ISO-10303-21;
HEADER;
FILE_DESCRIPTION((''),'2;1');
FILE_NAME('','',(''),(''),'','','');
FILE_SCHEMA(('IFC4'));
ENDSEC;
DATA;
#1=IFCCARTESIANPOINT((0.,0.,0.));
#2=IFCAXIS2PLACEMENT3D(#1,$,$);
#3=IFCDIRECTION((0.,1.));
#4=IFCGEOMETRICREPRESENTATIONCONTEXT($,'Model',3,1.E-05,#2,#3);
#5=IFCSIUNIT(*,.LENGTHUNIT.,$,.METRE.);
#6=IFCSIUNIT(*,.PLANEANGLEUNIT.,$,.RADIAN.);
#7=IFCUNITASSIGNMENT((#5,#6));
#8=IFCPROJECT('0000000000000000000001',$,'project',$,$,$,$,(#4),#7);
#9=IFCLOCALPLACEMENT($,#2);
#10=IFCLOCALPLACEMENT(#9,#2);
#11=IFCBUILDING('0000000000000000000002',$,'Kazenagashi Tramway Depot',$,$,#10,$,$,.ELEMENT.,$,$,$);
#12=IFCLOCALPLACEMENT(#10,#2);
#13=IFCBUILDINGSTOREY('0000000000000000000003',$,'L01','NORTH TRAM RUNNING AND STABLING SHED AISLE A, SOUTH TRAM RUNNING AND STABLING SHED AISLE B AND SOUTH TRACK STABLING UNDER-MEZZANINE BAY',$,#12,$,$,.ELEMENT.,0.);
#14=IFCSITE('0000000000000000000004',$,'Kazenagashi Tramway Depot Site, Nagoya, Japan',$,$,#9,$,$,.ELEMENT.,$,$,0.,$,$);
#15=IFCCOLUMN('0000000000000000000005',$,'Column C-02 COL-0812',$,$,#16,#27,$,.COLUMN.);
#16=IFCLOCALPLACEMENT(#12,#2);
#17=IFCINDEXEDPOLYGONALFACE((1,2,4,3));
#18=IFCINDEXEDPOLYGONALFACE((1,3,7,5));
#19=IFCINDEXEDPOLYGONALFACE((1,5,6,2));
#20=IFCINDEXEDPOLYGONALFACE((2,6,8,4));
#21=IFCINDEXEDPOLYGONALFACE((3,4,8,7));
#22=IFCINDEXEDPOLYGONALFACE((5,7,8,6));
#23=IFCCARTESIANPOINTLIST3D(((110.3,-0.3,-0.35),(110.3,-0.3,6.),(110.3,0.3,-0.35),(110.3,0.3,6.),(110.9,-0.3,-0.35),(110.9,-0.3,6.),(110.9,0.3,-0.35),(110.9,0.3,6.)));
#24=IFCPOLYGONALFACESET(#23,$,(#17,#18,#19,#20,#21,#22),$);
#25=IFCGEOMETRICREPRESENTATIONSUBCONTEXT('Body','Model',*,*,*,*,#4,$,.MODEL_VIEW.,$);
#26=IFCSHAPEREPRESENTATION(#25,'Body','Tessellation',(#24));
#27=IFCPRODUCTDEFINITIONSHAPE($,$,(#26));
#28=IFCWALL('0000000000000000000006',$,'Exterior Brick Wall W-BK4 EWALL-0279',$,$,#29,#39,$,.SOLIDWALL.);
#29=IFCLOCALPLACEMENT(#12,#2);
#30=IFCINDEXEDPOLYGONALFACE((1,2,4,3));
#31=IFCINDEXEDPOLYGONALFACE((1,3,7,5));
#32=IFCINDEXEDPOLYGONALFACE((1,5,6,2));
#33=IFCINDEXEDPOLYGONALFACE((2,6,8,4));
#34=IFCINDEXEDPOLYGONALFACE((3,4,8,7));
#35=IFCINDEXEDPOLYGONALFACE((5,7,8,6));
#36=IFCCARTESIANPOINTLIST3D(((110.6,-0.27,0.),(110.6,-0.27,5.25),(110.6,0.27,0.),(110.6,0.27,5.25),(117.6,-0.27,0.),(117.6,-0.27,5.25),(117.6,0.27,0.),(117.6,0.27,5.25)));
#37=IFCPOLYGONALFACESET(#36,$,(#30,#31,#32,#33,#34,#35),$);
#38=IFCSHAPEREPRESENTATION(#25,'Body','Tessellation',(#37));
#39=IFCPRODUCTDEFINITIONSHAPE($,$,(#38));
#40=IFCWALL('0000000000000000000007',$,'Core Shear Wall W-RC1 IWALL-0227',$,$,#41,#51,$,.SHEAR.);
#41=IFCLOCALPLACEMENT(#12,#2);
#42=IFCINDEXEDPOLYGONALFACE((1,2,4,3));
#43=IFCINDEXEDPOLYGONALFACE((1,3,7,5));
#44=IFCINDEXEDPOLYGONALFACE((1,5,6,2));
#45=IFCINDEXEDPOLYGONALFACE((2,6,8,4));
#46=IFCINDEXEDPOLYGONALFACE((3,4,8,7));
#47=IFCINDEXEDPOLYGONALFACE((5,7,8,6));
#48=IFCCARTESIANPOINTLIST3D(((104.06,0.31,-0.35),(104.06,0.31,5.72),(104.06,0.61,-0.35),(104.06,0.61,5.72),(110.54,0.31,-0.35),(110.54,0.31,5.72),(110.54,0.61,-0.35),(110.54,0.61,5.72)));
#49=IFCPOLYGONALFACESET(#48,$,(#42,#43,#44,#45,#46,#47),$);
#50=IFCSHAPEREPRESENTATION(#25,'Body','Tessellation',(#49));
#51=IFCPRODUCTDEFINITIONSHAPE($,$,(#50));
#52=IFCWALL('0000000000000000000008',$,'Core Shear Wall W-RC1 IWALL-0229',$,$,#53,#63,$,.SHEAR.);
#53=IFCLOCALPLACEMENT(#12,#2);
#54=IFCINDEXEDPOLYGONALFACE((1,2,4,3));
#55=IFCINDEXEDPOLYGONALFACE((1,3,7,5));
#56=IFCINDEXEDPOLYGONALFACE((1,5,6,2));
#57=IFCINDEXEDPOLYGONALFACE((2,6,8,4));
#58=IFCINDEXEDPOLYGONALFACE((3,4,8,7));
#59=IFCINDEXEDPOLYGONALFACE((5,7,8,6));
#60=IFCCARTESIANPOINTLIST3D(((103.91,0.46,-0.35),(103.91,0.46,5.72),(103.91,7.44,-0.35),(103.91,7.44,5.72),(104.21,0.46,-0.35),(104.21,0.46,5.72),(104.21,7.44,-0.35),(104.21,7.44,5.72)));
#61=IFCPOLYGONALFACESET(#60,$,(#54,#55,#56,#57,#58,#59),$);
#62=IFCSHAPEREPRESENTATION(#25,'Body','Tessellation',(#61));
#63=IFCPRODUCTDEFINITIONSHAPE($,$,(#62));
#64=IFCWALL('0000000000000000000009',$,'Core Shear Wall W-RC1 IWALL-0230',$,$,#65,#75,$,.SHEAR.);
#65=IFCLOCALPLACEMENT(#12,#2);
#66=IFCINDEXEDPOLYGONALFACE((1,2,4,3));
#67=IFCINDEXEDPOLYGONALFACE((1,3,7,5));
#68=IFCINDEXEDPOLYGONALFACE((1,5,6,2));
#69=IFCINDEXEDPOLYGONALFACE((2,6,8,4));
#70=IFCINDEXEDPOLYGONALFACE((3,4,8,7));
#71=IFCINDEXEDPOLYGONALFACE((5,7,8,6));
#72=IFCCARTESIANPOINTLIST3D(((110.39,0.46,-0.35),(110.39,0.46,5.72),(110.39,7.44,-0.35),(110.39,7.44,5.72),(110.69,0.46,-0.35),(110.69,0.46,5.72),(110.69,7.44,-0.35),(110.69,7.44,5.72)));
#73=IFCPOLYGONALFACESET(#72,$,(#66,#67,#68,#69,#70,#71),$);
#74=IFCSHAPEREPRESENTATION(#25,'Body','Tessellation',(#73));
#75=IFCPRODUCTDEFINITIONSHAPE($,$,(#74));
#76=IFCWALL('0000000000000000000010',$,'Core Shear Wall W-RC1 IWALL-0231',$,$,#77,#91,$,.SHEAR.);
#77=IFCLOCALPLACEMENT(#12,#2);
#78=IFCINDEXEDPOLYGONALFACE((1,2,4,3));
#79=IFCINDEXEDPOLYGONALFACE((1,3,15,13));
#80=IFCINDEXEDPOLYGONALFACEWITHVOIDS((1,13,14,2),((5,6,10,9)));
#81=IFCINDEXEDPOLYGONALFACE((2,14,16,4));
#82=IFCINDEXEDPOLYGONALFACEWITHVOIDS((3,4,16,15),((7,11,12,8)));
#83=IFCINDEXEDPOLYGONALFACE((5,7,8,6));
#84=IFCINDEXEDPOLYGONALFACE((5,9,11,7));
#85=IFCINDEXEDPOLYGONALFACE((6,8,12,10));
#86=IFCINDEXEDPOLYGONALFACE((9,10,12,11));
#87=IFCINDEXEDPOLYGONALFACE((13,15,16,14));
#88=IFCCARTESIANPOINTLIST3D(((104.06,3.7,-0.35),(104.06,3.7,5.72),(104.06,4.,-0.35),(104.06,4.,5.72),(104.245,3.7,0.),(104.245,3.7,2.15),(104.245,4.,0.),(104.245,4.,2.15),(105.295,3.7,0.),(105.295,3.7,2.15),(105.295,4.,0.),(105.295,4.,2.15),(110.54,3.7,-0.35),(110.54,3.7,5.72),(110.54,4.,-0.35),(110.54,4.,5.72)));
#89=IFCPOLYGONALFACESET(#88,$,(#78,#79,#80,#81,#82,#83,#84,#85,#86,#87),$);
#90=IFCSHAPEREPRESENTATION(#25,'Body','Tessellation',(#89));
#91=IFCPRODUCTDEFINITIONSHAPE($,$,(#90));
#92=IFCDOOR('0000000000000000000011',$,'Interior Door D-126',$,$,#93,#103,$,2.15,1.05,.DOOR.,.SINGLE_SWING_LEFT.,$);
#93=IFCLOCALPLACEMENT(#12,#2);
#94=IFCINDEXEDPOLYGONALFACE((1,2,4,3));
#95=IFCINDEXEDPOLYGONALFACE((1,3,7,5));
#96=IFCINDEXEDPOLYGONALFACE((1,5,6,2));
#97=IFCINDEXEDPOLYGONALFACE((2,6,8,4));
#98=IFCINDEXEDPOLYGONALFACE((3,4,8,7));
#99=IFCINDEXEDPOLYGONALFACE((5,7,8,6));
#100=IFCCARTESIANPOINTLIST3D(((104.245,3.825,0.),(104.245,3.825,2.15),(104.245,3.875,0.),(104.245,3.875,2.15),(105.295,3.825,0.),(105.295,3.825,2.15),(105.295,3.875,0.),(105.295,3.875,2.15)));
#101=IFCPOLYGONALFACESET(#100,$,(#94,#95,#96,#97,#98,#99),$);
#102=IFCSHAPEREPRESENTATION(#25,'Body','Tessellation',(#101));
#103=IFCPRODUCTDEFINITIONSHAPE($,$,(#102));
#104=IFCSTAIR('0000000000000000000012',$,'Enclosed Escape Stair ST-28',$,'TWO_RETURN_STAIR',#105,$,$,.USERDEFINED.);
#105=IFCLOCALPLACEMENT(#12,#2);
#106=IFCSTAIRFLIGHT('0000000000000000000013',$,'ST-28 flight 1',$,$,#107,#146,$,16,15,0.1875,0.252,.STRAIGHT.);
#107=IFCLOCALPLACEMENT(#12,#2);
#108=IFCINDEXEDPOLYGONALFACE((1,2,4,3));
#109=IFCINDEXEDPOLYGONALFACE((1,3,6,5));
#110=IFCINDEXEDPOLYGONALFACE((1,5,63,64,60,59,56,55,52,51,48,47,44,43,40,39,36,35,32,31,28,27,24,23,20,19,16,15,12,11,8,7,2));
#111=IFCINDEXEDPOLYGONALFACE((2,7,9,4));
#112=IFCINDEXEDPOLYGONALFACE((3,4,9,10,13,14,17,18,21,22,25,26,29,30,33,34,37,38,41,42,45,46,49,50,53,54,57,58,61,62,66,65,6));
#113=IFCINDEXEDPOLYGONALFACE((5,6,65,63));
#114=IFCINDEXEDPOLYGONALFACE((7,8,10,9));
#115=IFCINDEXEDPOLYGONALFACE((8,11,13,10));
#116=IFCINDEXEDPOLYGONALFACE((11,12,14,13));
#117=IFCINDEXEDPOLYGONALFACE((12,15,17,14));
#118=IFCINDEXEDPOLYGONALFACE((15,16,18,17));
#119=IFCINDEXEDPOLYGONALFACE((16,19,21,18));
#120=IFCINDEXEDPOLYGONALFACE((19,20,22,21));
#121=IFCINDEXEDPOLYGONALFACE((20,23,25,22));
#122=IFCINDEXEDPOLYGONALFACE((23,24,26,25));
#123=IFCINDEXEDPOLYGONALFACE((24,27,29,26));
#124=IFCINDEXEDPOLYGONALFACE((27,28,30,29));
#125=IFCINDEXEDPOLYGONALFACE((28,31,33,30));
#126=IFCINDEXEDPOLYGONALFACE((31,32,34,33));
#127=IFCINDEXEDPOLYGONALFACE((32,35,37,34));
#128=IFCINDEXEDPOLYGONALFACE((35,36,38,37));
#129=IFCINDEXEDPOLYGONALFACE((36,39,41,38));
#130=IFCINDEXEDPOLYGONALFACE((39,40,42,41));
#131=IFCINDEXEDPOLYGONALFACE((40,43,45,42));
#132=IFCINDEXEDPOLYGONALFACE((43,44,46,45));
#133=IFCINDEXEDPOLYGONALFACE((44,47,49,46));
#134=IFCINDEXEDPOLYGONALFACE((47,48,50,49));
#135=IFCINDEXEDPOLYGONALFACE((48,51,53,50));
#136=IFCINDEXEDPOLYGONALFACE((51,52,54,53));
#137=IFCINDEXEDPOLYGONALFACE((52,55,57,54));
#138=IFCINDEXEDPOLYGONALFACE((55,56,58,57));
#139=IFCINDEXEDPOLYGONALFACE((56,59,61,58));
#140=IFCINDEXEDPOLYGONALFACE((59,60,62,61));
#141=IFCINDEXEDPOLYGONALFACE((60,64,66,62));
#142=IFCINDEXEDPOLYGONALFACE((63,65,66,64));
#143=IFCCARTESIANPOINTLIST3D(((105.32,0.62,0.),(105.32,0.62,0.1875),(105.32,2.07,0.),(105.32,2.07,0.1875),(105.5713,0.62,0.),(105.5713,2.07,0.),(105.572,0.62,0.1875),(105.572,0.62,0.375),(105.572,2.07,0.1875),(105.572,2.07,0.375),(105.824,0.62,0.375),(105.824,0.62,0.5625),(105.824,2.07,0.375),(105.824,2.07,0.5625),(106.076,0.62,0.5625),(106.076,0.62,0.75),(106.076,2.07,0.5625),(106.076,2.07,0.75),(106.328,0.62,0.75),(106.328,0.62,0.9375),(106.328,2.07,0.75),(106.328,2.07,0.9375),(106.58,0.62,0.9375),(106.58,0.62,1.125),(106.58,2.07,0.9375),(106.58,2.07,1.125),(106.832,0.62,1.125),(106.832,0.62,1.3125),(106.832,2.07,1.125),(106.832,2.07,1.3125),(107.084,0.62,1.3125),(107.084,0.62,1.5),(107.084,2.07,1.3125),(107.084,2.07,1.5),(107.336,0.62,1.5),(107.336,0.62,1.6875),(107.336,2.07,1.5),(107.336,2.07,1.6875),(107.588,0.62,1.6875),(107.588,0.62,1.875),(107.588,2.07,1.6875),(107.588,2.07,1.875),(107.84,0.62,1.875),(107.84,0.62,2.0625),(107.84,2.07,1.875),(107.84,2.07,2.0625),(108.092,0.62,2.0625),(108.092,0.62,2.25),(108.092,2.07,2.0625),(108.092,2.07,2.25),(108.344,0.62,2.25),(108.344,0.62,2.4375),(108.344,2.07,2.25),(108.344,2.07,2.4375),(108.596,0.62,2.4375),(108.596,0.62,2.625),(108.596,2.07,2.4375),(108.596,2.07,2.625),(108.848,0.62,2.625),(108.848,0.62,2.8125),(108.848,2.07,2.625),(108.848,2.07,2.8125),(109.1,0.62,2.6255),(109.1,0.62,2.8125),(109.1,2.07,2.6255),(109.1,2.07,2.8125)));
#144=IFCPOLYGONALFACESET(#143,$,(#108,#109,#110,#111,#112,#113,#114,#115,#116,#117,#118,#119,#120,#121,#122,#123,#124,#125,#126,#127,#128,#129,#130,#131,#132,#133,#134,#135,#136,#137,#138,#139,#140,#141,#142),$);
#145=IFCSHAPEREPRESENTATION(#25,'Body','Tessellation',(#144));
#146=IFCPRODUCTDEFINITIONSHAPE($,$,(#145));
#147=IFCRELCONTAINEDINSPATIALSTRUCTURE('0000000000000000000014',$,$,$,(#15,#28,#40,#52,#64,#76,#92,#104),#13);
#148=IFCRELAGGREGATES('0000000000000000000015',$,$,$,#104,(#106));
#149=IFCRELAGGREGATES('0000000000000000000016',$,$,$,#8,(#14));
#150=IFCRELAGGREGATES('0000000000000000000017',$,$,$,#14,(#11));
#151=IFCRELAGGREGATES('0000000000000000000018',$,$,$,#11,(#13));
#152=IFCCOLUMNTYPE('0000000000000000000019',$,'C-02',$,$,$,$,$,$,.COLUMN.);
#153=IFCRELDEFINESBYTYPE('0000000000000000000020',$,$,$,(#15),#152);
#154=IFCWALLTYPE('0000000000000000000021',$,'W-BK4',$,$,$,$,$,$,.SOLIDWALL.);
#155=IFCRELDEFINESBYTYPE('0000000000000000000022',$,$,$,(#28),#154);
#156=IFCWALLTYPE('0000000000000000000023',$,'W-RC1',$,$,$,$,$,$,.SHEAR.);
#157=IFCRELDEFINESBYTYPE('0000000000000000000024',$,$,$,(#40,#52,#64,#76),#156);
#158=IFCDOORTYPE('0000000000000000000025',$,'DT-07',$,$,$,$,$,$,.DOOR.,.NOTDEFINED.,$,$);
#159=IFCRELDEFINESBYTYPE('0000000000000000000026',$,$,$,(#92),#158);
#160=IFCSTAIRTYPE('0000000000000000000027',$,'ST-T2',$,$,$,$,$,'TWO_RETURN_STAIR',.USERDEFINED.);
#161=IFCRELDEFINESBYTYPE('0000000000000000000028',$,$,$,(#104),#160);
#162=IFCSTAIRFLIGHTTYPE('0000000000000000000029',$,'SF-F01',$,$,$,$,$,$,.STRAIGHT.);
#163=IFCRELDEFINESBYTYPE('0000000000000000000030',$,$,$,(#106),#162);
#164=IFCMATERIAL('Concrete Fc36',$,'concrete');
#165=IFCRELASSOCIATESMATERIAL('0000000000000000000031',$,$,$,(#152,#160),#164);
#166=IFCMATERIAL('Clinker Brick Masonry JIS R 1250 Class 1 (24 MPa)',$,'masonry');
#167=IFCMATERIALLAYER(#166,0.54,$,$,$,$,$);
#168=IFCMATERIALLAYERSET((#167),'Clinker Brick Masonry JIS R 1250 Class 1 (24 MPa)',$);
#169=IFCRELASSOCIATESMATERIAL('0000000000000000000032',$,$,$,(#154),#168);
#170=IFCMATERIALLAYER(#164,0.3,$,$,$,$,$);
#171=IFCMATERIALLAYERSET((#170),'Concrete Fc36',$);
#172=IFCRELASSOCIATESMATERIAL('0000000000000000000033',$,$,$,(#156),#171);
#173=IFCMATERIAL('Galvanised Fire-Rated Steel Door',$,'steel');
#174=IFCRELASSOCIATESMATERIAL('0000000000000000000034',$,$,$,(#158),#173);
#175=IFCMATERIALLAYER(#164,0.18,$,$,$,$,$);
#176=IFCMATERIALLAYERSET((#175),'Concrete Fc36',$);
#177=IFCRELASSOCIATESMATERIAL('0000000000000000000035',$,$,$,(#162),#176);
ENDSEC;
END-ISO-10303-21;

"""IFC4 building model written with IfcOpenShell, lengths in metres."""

from ifc_helpers import new_model, si_unit, direction, frame, frame_2d, origin, origin_2d, place, context, subcontext, project, spatial, polyline, rectangle, outline, extrude, material, layer, layer_set, material_profile, profile_set, type_object, element, fill, aggregate, save


model = new_model("IFC4")

# Units and contexts
model_context = context("Model", 3, precision=1e-05, world=origin(), true_north=direction((0.0, 1.0)))
body_context = subcontext(model_context, "Body", "Model", "MODEL_VIEW")
ifc_project = project(units=[si_unit("LENGTHUNIT", "METRE"), si_unit("PLANEANGLEUNIT", "RADIAN")], contexts=[model_context])

# Site, building, storey
site_placement = place(None, origin())
site = spatial("IfcSite", under=ifc_project, at=site_placement, Name="Kazenagashi Tramway Depot Site, Nagoya, Japan", CompositionType="ELEMENT", RefElevation=0.0)
building_placement = place(site_placement, origin())
building = spatial("IfcBuilding", under=site, at=building_placement, Name="Kazenagashi Tramway Depot", CompositionType="ELEMENT")
storey_placement = place(building_placement, origin())
storey = spatial("IfcBuildingStorey", under=building, at=storey_placement, Name="L01", Description="NORTH TRAM RUNNING AND STABLING SHED AISLE A, SOUTH TRAM RUNNING AND STABLING SHED AISLE B AND SOUTH TRACK STABLING UNDER-MEZZANINE BAY", CompositionType="ELEMENT", Elevation=0.0)

# Column
ifc_material_1 = material(Name="Concrete Fc36", Category="concrete")
ifc_material_profile_1 = material_profile(ifc_material_1, rectangle(XDim=0.6, YDim=0.6, at=origin_2d()), Name="RC-600x600")
ifc_profile_set_1 = profile_set([ifc_material_profile_1], Name="Concrete Fc36")
column_type = type_object("IfcColumnType", Name="C-02", PredefinedType="COLUMN", material=ifc_profile_set_1)
column_placement = place(storey_placement, frame((110.6, 0.0, -0.35), z_axis=(0.0, 0.0, 1.0), x_axis=(1.0, 0.0, 0.0)))
element("IfcColumn", 1, at=column_placement, inside=storey, type_object=column_type, Name="Column C-02 COL-0812", PredefinedType="COLUMN", context=body_context, shape_type="SweptSolid", body=[
    extrude(rectangle(XDim=0.6, YDim=0.6, at=origin_2d()), origin(), (0.0, 0.0, 1.0), 6.35),
])

# Walls
ifc_material_2 = material(Name="Clinker Brick Masonry JIS R 1250 Class 1 (24 MPa)", Category="masonry")
ifc_layer_1 = layer(ifc_material_2, 0.54)
ifc_layer_set_1 = layer_set([ifc_layer_1], Name="Clinker Brick Masonry JIS R 1250 Class 1 (24 MPa)")
wall_type_1 = type_object("IfcWallType", Name="W-BK4", PredefinedType="SOLIDWALL", material=ifc_layer_set_1)
wall_1_placement = place(storey_placement, frame((110.6, 0.0, 0.0), z_axis=(0.0, 0.0, 1.0), x_axis=(1.0, 0.0, 0.0)))
element("IfcWall", 2, at=wall_1_placement, inside=storey, type_object=wall_type_1, Name="Exterior Brick Wall W-BK4 EWALL-0279", PredefinedType="SOLIDWALL", context=body_context, shape_type="SweptSolid", body=[
    extrude(rectangle(XDim=7.0, YDim=0.54, at=frame_2d((3.5, 0.0))), origin(), (0.0, 0.0, 1.0), 5.25),
])
ifc_layer_2 = layer(ifc_material_1, 0.3)
ifc_layer_set_2 = layer_set([ifc_layer_2], Name="Concrete Fc36")
wall_type_2 = type_object("IfcWallType", Name="W-RC1", PredefinedType="SHEAR", material=ifc_layer_set_2)
wall_2_placement = place(storey_placement, frame((104.06, 0.46, -0.35), z_axis=(0.0, 0.0, 1.0), x_axis=(1.0, 0.0, 0.0)))
element("IfcWall", 3, at=wall_2_placement, inside=storey, type_object=wall_type_2, Name="Core Shear Wall W-RC1 IWALL-0227", PredefinedType="SHEAR", context=body_context, shape_type="SweptSolid", body=[
    extrude(rectangle(XDim=6.48, YDim=0.3, at=frame_2d((3.24, 0.0))), origin(), (0.0, 0.0, 1.0), 6.07),
])
for number, where, z_axis, x_axis, name in (
    (4, (104.06, 0.46, -0.35), (0.0, 0.0, 1.0), (0.0, 1.0, 0.0), "Core Shear Wall W-RC1 IWALL-0229"),
    (5, (110.54, 0.46, -0.35), (0.0, 0.0, 1.0), (0.0, 1.0, 0.0), "Core Shear Wall W-RC1 IWALL-0230"),
):
    element("IfcWall", number, at=place(storey_placement, frame(where, z_axis=z_axis, x_axis=x_axis)), inside=storey, type_object=wall_type_2, Name=name, PredefinedType="SHEAR", context=body_context, shape_type="SweptSolid", body=[
        extrude(rectangle(XDim=6.98, YDim=0.3, at=frame_2d((3.49, 0.0))), origin(), (0.0, 0.0, 1.0), 6.07),
    ])

# Wall, opening, door
wall_3_placement = place(storey_placement, frame((104.06, 3.85, -0.35), z_axis=(0.0, 0.0, 1.0), x_axis=(1.0, 0.0, 0.0)))
wall_3 = element("IfcWall", 6, at=wall_3_placement, inside=storey, type_object=wall_type_2, Name="Core Shear Wall W-RC1 IWALL-0231", PredefinedType="SHEAR", context=body_context, shape_type="SweptSolid", body=[
    extrude(rectangle(XDim=6.48, YDim=0.3, at=frame_2d((3.24, 0.0))), origin(), (0.0, 0.0, 1.0), 6.07),
])
opening_placement = place(wall_3_placement, frame((0.185, 0.0, 0.35)))
opening = element("IfcOpeningElement", 7, at=opening_placement, cuts=wall_3, PredefinedType="OPENING", context=body_context, shape_type="SweptSolid", body=[
    extrude(rectangle(XDim=1.05, YDim=2.15, at=frame_2d((0.525, 1.075))), frame((0.0, 0.16, 0.0), z_axis=(0.0, -1.0, 0.0), x_axis=(1.0, 0.0, 0.0)), (0.0, 0.0, 1.0), 0.32),
])
ifc_material_3 = material(Name="Galvanised Fire-Rated Steel Door", Category="steel")
door_type = type_object("IfcDoorType", Name="DT-07", OperationType="NOTDEFINED", PredefinedType="DOOR", material=ifc_material_3)
door_placement = place(opening_placement, origin())
door = element("IfcDoor", 8, at=door_placement, inside=storey, type_object=door_type, Name="Interior Door D-126", OperationType="SINGLE_SWING_LEFT", OverallHeight=2.15, OverallWidth=1.05, PredefinedType="DOOR", context=body_context, shape_type="SweptSolid", body=[
    extrude(rectangle(XDim=1.05, YDim=2.15, at=frame_2d((0.525, 1.075))), frame((0.0, 0.025, 0.0), z_axis=(0.0, -1.0, 0.0), x_axis=(1.0, 0.0, 0.0)), (0.0, 0.0, 1.0), 0.05),
])
fill(opening, door)

# Stair, stair flight
stair_type = type_object("IfcStairType", Name="ST-T2", ElementType="TWO_RETURN_STAIR", PredefinedType="USERDEFINED", material=ifc_material_1)
stair_placement = place(storey_placement, origin())
stair = element("IfcStair", 9, at=stair_placement, inside=storey, type_object=stair_type, Name="Enclosed Escape Stair ST-28", ObjectType="TWO_RETURN_STAIR", PredefinedType="USERDEFINED")
ifc_layer_3 = layer(ifc_material_1, 0.18)
ifc_layer_set_3 = layer_set([ifc_layer_3], Name="Concrete Fc36")
stair_flight_type = type_object("IfcStairFlightType", Name="SF-F01", PredefinedType="STRAIGHT", material=ifc_layer_set_3)
stair_flight_1_placement = place(storey_placement, frame((105.32, 1.345, 0.0), z_axis=(0.0, 0.0, 1.0), x_axis=(1.0, 0.0, 0.0)))
stair_flight_1 = element("IfcStairFlight", 10, at=stair_flight_1_placement, type_object=stair_flight_type, Name="ST-28 flight 1", NumberOfRisers=16, NumberOfTreads=15, PredefinedType="STRAIGHT", RiserHeight=0.1875, TreadLength=0.252, context=body_context, shape_type="SweptSolid", body=[
    extrude(outline(polyline([(0.0, 0.0), (0.0, 0.1875), (0.252, 0.1875), (0.252, 0.375), (0.504, 0.375), (0.504, 0.5625), (0.756, 0.5625), (0.756, 0.75), (1.008, 0.75), (1.008, 0.9375), (1.26, 0.9375), (1.26, 1.125), (1.512, 1.125), (1.512, 1.3125), (1.764, 1.3125), (1.764, 1.5), (2.016, 1.5), (2.016, 1.6875), (2.268, 1.6875), (2.268, 1.875), (2.52, 1.875), (2.52, 2.0625), (2.772, 2.0625), (2.772, 2.25), (3.024, 2.25), (3.024, 2.4375), (3.276, 2.4375), (3.276, 2.625), (3.528, 2.625), (3.528, 2.8125), (3.78, 2.8125), (3.78, 3.0), (3.78, 2.6255), (0.2513, 0.0), (0.0, 0.0)])), frame((0.0, 0.725, 0.0), z_axis=(0.0, -1.0, 0.0), x_axis=(1.0, 0.0, 0.0)), (0.0, 0.0, 1.0), 1.45),
])
aggregate(stair, [stair_flight_1])

save(model, "model.ifc")
